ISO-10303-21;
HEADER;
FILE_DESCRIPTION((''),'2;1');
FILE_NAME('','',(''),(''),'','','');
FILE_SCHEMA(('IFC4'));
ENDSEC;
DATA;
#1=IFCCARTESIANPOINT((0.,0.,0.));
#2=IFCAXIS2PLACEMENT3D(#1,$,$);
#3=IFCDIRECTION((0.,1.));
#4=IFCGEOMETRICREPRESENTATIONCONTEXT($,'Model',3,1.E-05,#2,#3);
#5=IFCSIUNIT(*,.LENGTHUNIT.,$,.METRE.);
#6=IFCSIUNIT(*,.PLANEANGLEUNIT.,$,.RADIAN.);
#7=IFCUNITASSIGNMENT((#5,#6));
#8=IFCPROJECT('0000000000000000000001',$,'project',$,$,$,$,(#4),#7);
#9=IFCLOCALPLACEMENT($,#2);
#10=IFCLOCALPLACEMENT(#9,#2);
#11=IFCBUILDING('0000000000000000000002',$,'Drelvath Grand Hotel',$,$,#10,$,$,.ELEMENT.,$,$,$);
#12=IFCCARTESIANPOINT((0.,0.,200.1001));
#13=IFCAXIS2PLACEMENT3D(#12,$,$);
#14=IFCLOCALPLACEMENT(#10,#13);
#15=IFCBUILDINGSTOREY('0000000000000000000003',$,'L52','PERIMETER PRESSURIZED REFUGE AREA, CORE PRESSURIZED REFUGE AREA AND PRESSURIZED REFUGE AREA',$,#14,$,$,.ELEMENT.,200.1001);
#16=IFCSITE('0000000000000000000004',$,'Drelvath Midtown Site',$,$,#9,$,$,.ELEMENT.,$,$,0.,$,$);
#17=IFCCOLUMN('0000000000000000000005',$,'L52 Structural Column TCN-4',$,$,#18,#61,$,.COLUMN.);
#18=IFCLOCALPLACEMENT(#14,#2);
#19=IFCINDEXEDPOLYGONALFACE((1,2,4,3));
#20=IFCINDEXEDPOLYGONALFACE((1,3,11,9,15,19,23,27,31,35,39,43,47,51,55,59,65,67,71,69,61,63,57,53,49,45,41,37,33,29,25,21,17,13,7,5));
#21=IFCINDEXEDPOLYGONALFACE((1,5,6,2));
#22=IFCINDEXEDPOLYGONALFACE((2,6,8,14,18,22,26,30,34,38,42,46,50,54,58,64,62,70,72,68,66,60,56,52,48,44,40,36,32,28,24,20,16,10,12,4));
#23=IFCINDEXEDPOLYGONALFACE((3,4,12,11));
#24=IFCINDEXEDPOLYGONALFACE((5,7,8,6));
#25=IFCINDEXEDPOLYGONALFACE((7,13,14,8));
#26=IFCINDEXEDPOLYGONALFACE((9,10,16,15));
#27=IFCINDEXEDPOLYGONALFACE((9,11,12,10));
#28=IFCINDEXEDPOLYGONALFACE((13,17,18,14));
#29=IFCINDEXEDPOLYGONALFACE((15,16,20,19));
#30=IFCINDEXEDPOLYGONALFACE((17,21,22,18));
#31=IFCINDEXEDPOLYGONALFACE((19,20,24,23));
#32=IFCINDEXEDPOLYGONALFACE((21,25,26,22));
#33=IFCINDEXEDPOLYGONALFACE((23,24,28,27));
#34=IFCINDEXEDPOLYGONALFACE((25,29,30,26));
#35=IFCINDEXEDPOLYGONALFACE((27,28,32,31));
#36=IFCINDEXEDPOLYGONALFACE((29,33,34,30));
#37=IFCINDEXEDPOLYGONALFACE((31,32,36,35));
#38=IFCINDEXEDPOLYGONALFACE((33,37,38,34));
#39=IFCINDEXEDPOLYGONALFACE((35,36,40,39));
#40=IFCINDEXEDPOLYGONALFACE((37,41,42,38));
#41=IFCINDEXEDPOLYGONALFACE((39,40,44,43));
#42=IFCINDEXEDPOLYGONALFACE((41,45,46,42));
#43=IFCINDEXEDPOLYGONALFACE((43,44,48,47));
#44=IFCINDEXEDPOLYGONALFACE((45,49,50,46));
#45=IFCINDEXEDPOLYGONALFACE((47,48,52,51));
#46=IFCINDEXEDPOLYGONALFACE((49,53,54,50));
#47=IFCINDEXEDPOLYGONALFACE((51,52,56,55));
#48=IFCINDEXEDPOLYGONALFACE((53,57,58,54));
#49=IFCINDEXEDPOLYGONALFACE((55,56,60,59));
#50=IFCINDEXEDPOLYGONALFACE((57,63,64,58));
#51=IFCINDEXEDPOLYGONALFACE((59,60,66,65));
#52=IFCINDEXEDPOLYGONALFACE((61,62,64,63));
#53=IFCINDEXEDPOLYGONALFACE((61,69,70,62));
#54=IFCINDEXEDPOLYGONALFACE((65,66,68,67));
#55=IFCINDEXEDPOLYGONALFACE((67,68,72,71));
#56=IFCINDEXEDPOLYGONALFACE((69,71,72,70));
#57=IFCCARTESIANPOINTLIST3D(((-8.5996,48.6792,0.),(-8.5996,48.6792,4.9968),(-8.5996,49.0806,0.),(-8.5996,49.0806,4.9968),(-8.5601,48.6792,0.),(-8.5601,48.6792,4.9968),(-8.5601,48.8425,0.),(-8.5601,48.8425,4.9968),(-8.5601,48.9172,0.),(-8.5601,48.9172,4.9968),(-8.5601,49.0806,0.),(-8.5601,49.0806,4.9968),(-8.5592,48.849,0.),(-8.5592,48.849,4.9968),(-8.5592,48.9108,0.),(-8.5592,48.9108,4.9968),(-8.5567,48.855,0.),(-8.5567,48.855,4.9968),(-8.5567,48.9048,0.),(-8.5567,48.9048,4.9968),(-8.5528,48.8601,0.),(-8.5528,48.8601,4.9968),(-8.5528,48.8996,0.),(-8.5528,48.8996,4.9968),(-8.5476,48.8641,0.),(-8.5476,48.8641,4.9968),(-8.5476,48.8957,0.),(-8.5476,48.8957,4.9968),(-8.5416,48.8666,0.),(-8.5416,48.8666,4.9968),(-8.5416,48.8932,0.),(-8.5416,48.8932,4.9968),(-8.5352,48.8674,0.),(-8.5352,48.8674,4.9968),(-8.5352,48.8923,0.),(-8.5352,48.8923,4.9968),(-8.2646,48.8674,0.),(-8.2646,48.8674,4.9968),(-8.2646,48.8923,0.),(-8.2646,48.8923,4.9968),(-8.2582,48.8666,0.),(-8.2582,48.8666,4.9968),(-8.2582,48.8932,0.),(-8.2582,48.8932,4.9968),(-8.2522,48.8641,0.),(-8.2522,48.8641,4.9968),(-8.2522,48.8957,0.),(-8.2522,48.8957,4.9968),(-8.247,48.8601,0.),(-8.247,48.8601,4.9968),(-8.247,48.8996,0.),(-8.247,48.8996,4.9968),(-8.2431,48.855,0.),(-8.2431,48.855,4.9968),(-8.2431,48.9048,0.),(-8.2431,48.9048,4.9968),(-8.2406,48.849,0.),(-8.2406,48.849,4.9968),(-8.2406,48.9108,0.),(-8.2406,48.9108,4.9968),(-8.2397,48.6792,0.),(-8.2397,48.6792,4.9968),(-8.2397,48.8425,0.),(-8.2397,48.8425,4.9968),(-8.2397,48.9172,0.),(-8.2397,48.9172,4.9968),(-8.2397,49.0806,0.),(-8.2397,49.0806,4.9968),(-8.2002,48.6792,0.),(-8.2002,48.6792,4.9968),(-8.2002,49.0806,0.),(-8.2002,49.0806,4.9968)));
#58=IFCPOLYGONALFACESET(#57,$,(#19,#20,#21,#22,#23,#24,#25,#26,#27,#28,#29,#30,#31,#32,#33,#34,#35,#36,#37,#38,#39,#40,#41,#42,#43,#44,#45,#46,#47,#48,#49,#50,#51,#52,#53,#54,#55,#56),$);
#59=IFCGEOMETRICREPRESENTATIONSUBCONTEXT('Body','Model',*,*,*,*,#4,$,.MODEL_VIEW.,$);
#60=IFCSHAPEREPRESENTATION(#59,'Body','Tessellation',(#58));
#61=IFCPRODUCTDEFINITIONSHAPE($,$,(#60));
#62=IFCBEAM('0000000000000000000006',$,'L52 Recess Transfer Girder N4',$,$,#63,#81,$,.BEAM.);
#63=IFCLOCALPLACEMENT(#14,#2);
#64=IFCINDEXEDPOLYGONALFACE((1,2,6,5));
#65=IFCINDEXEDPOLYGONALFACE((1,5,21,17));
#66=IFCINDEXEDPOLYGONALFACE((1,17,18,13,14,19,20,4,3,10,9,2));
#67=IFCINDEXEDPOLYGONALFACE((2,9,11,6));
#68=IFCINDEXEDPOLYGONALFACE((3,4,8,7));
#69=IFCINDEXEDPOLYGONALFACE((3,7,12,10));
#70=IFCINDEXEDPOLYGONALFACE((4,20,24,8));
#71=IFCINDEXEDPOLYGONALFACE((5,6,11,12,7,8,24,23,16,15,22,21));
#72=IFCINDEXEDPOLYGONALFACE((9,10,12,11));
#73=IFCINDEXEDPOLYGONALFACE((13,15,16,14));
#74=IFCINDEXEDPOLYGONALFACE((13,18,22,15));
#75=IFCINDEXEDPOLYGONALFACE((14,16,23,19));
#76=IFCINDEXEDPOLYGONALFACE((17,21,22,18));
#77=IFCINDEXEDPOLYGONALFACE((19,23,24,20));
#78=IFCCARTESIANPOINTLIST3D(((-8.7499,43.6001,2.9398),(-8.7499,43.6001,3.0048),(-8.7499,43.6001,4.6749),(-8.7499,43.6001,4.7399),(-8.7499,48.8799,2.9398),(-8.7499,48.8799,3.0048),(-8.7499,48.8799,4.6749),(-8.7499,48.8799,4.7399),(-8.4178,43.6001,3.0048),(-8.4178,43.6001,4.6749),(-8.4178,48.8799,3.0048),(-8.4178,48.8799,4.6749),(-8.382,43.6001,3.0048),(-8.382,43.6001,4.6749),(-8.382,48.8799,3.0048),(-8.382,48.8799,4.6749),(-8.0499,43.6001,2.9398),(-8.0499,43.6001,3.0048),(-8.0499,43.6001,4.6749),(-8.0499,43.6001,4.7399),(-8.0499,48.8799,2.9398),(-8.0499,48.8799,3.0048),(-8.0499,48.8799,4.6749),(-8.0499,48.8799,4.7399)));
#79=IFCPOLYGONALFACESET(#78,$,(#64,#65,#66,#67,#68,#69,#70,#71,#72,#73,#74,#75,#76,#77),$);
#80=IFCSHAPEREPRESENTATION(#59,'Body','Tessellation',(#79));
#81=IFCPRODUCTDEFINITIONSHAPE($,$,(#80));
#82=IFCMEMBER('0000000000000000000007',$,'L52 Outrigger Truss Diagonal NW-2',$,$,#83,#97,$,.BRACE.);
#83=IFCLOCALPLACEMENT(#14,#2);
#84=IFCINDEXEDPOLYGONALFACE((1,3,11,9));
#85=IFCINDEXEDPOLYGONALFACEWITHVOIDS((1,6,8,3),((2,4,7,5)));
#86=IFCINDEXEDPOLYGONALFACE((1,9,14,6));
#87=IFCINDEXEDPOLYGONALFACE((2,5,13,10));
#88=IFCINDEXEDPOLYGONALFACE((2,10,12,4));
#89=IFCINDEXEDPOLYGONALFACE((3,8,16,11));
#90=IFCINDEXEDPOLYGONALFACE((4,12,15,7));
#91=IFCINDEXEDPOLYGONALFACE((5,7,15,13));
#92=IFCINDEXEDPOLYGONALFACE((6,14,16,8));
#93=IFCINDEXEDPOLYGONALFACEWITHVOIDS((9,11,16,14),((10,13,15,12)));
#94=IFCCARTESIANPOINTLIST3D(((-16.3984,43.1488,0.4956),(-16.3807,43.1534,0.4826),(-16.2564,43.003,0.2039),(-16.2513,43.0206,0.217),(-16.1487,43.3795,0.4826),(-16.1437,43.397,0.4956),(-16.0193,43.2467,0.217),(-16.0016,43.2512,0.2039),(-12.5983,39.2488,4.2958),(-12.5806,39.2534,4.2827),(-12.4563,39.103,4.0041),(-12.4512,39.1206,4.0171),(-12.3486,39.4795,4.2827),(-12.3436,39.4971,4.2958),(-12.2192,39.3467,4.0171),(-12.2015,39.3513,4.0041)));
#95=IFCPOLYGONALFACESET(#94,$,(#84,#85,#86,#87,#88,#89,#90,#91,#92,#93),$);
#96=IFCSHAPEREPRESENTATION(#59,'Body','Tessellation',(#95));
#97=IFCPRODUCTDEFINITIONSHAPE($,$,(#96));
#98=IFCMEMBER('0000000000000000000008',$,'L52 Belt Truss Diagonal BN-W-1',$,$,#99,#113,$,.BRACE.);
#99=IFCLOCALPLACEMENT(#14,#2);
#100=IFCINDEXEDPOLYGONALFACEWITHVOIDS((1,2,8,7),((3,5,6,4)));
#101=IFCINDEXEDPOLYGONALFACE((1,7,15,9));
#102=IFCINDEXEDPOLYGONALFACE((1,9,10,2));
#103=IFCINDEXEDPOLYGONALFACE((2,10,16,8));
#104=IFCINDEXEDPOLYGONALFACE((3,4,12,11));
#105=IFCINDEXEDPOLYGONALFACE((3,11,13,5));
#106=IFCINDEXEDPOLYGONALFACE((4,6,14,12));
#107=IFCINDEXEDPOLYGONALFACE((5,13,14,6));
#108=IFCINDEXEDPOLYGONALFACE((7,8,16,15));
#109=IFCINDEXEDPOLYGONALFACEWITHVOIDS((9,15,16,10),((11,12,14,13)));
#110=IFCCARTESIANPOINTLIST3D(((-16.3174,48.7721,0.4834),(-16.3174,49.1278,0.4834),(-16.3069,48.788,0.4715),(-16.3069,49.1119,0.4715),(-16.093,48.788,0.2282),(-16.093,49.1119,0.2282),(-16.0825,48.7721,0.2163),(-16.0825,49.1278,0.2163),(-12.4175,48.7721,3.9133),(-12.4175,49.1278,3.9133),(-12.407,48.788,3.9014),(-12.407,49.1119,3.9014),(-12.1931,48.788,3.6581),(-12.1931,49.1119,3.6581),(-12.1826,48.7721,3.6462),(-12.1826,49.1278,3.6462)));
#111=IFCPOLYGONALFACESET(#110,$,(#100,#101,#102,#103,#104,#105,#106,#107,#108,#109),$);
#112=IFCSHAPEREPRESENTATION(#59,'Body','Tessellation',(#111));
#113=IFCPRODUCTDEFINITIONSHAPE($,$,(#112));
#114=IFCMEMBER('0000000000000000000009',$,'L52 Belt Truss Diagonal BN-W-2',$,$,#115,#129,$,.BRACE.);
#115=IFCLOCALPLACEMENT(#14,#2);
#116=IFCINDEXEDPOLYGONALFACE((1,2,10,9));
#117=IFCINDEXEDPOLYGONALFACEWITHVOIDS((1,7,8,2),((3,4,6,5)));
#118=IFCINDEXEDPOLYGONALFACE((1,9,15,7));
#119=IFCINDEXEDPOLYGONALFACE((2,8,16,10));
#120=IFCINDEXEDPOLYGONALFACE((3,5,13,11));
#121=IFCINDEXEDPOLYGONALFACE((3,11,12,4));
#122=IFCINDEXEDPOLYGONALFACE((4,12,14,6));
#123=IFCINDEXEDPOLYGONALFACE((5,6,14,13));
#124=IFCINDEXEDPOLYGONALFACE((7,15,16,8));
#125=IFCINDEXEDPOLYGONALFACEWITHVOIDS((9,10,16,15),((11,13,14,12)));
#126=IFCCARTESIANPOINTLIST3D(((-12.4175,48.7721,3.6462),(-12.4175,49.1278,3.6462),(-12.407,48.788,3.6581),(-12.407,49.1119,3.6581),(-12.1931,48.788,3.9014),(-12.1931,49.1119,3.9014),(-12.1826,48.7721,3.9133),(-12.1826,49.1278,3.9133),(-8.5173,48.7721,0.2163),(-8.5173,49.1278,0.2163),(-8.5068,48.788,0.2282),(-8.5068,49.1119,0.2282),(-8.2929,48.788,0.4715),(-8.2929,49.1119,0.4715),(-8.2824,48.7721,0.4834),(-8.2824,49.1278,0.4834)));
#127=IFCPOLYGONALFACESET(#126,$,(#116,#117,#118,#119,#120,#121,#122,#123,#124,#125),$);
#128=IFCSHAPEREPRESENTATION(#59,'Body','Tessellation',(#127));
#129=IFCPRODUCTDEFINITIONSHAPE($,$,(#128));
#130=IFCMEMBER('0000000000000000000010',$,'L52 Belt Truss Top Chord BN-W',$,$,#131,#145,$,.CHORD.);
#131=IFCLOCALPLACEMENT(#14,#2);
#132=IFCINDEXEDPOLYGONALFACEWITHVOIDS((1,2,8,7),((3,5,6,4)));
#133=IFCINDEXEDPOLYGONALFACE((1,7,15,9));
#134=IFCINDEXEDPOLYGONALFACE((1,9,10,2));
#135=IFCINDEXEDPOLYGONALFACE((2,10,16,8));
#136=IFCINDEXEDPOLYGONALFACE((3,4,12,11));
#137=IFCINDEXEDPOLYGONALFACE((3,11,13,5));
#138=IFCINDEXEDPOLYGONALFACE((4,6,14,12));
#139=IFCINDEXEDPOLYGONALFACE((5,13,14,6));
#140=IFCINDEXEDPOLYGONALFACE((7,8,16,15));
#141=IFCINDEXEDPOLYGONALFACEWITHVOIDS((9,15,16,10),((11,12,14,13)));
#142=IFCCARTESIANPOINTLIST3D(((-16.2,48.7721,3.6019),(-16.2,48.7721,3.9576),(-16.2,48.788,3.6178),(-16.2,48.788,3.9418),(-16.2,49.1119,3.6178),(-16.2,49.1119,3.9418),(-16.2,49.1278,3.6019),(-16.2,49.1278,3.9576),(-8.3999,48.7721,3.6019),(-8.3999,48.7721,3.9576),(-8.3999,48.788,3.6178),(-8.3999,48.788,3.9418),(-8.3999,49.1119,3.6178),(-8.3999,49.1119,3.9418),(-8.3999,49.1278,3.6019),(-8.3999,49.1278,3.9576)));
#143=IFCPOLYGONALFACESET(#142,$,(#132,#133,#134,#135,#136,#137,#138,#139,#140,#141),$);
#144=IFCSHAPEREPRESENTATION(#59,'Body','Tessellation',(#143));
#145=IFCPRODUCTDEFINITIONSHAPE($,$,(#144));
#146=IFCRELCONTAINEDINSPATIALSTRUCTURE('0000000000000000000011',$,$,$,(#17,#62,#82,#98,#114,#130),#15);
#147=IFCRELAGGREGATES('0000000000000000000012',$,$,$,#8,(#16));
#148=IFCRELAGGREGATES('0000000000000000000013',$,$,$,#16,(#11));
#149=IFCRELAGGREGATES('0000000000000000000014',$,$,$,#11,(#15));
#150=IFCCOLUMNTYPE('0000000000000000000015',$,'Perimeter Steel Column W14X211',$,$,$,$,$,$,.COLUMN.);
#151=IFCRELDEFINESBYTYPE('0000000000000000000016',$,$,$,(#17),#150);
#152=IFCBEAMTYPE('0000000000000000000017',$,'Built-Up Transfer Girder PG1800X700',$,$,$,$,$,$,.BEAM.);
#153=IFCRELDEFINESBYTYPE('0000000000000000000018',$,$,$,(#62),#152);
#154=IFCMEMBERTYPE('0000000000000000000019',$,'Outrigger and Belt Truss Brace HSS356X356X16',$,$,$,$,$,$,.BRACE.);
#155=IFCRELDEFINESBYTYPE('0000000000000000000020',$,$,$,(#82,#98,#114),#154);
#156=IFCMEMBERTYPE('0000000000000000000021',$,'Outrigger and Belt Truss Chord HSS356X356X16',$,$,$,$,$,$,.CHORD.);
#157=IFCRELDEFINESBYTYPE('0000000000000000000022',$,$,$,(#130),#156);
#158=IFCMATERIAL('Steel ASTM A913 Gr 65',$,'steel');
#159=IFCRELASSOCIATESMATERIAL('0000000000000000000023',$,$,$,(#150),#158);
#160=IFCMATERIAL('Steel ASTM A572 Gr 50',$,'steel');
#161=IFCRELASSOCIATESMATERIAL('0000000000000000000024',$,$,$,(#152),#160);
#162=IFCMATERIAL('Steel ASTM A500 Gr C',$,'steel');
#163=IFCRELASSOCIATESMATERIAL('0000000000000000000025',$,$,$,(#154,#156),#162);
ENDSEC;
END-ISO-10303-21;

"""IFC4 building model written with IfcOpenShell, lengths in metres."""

from ifc_helpers import new_model, si_unit, direction, frame, origin, origin_2d, place, context, subcontext, project, spatial, hollow_rectangle, i_section, extrude, material, material_profile, profile_set, type_object, element, save


model = new_model("IFC4")

# Units and contexts
model_context = context("Model", 3, precision=1e-05, world=origin(), true_north=direction((0.0, 1.0)))
body_context = subcontext(model_context, "Body", "Model", "MODEL_VIEW")
ifc_project = project(units=[si_unit("LENGTHUNIT", "METRE"), si_unit("PLANEANGLEUNIT", "RADIAN")], contexts=[model_context])

# Site, building, storey
site_placement = place(None, origin())
site = spatial("IfcSite", under=ifc_project, at=site_placement, Name="Drelvath Midtown Site", CompositionType="ELEMENT", RefElevation=0.0)
building_placement = place(site_placement, origin())
building = spatial("IfcBuilding", under=site, at=building_placement, Name="Drelvath Grand Hotel", CompositionType="ELEMENT")
storey_placement = place(building_placement, frame((0.0, 0.0, 200.1001)))
storey = spatial("IfcBuildingStorey", under=building, at=storey_placement, Name="L52", Description="PERIMETER PRESSURIZED REFUGE AREA, CORE PRESSURIZED REFUGE AREA AND PRESSURIZED REFUGE AREA", CompositionType="ELEMENT", Elevation=200.1001)

# Column
ifc_material_1 = material(Name="Steel ASTM A913 Gr 65", Category="steel")
ifc_material_profile_1 = material_profile(ifc_material_1, i_section(OverallWidth=0.4014, OverallDepth=0.3994, WebThickness=0.0249, FlangeThickness=0.0396, FilletRadius=0.0249, at=origin_2d()), Name="W14X211")
ifc_profile_set_1 = profile_set([ifc_material_profile_1], Name="Steel ASTM A913 Gr 65")
column_type = type_object("IfcColumnType", Name="Perimeter Steel Column W14X211", PredefinedType="COLUMN", material=ifc_profile_set_1)
column_placement = place(storey_placement, frame((-8.3999, 48.8799, 0.0), z_axis=(0.0, 0.0, 1.0), x_axis=(0.0, 1.0, 0.0)))
element("IfcColumn", 1, at=column_placement, inside=storey, type_object=column_type, Name="L52 Structural Column TCN-4", PredefinedType="COLUMN", context=body_context, shape_type="SweptSolid", body=[
    extrude(i_section(OverallWidth=0.4014, OverallDepth=0.3994, WebThickness=0.0249, FlangeThickness=0.0396, FilletRadius=0.0249, at=origin_2d()), origin(), (0.0, 0.0, 1.0), 4.9968),
])

# Beam
ifc_material_2 = material(Name="Steel ASTM A572 Gr 50", Category="steel")
ifc_material_profile_2 = material_profile(ifc_material_2, i_section(OverallWidth=0.7, OverallDepth=1.8, WebThickness=0.0359, FlangeThickness=0.0649, at=origin_2d()), Name="PG1800X700")
ifc_profile_set_2 = profile_set([ifc_material_profile_2], Name="Steel ASTM A572 Gr 50")
beam_type_1 = type_object("IfcBeamType", Name="Built-Up Transfer Girder PG1800X700", PredefinedType="BEAM", material=ifc_profile_set_2)
beam_1_placement = place(storey_placement, frame((-8.3999, 43.6001, 3.8398), z_axis=(0.0, 1.0, 0.0), x_axis=(-1.0, 0.0, 0.0)))
element("IfcBeam", 2, at=beam_1_placement, inside=storey, type_object=beam_type_1, Name="L52 Recess Transfer Girder N4", PredefinedType="BEAM", context=body_context, shape_type="SweptSolid", body=[
    extrude(i_section(OverallWidth=0.7, OverallDepth=1.8, WebThickness=0.0359, FlangeThickness=0.0649, at=origin_2d()), origin(), (0.0, 0.0, 1.0), 5.2798),
])

# Members
ifc_material_3 = material(Name="Steel ASTM A500 Gr C", Category="steel")
ifc_material_profile_3 = material_profile(ifc_material_3, hollow_rectangle(XDim=0.3557, YDim=0.3557, WallThickness=0.0159, at=origin_2d()), Name="HSS356X356X16")
ifc_profile_set_3 = profile_set([ifc_material_profile_3], Name="Steel ASTM A500 Gr C")
member_type_1 = type_object("IfcMemberType", Name="Outrigger and Belt Truss Brace HSS356X356X16", PredefinedType="BRACE", material=ifc_profile_set_3)
member_1_placement = place(storey_placement, frame((-12.3999, 39.3, 4.1499), z_axis=(-0.572294, 0.587332, -0.572294), x_axis=(-0.716216, -0.697878, 0.0)))
element("IfcMember", 3, at=member_1_placement, inside=storey, type_object=member_type_1, Name="L52 Outrigger Truss Diagonal NW-2", PredefinedType="BRACE", context=body_context, shape_type="SweptSolid", body=[
    extrude(hollow_rectangle(XDim=0.3557, YDim=0.3557, WallThickness=0.0159, at=origin_2d()), origin(), (0.0, 0.0, 1.0), 6.6401),
])
member_2_placement = place(storey_placement, frame((-16.2, 48.95, 0.3499), z_axis=(0.750903, 0.0, 0.660413), x_axis=(0.0, 1.0, 0.0)))
element("IfcMember", 4, at=member_2_placement, inside=storey, type_object=member_type_1, Name="L52 Belt Truss Diagonal BN-W-1", PredefinedType="BRACE", context=body_context, shape_type="SweptSolid", body=[
    extrude(hollow_rectangle(XDim=0.3557, YDim=0.3557, WallThickness=0.0159, at=origin_2d()), origin(), (0.0, 0.0, 1.0), 5.1936),
])
member_3_placement = place(storey_placement, frame((-12.3, 48.95, 3.7798), z_axis=(0.750923, 0.0, -0.660389), x_axis=(0.0, 1.0, 0.0)))
element("IfcMember", 5, at=member_3_placement, inside=storey, type_object=member_type_1, Name="L52 Belt Truss Diagonal BN-W-2", PredefinedType="BRACE", context=body_context, shape_type="SweptSolid", body=[
    extrude(hollow_rectangle(XDim=0.3557, YDim=0.3557, WallThickness=0.0159, at=origin_2d()), origin(), (0.0, 0.0, 1.0), 5.1938),
])
ifc_material_profile_4 = material_profile(ifc_material_3, hollow_rectangle(XDim=0.3557, YDim=0.3557, WallThickness=0.0159, at=origin_2d()), Name="HSS356X356X16")
ifc_profile_set_4 = profile_set([ifc_material_profile_4], Name="Steel ASTM A500 Gr C")
member_type_2 = type_object("IfcMemberType", Name="Outrigger and Belt Truss Chord HSS356X356X16", PredefinedType="CHORD", material=ifc_profile_set_4)
member_4_placement = place(storey_placement, frame((-16.2, 48.95, 3.7798), z_axis=(1.0, 0.0, 0.0), x_axis=(0.0, 1.0, 0.0)))
element("IfcMember", 6, at=member_4_placement, inside=storey, type_object=member_type_2, Name="L52 Belt Truss Top Chord BN-W", PredefinedType="CHORD", context=body_context, shape_type="SweptSolid", body=[
    extrude(hollow_rectangle(XDim=0.3557, YDim=0.3557, WallThickness=0.0159, at=origin_2d()), origin(), (0.0, 0.0, 1.0), 7.8),
])

save(model, "model.ifc")
